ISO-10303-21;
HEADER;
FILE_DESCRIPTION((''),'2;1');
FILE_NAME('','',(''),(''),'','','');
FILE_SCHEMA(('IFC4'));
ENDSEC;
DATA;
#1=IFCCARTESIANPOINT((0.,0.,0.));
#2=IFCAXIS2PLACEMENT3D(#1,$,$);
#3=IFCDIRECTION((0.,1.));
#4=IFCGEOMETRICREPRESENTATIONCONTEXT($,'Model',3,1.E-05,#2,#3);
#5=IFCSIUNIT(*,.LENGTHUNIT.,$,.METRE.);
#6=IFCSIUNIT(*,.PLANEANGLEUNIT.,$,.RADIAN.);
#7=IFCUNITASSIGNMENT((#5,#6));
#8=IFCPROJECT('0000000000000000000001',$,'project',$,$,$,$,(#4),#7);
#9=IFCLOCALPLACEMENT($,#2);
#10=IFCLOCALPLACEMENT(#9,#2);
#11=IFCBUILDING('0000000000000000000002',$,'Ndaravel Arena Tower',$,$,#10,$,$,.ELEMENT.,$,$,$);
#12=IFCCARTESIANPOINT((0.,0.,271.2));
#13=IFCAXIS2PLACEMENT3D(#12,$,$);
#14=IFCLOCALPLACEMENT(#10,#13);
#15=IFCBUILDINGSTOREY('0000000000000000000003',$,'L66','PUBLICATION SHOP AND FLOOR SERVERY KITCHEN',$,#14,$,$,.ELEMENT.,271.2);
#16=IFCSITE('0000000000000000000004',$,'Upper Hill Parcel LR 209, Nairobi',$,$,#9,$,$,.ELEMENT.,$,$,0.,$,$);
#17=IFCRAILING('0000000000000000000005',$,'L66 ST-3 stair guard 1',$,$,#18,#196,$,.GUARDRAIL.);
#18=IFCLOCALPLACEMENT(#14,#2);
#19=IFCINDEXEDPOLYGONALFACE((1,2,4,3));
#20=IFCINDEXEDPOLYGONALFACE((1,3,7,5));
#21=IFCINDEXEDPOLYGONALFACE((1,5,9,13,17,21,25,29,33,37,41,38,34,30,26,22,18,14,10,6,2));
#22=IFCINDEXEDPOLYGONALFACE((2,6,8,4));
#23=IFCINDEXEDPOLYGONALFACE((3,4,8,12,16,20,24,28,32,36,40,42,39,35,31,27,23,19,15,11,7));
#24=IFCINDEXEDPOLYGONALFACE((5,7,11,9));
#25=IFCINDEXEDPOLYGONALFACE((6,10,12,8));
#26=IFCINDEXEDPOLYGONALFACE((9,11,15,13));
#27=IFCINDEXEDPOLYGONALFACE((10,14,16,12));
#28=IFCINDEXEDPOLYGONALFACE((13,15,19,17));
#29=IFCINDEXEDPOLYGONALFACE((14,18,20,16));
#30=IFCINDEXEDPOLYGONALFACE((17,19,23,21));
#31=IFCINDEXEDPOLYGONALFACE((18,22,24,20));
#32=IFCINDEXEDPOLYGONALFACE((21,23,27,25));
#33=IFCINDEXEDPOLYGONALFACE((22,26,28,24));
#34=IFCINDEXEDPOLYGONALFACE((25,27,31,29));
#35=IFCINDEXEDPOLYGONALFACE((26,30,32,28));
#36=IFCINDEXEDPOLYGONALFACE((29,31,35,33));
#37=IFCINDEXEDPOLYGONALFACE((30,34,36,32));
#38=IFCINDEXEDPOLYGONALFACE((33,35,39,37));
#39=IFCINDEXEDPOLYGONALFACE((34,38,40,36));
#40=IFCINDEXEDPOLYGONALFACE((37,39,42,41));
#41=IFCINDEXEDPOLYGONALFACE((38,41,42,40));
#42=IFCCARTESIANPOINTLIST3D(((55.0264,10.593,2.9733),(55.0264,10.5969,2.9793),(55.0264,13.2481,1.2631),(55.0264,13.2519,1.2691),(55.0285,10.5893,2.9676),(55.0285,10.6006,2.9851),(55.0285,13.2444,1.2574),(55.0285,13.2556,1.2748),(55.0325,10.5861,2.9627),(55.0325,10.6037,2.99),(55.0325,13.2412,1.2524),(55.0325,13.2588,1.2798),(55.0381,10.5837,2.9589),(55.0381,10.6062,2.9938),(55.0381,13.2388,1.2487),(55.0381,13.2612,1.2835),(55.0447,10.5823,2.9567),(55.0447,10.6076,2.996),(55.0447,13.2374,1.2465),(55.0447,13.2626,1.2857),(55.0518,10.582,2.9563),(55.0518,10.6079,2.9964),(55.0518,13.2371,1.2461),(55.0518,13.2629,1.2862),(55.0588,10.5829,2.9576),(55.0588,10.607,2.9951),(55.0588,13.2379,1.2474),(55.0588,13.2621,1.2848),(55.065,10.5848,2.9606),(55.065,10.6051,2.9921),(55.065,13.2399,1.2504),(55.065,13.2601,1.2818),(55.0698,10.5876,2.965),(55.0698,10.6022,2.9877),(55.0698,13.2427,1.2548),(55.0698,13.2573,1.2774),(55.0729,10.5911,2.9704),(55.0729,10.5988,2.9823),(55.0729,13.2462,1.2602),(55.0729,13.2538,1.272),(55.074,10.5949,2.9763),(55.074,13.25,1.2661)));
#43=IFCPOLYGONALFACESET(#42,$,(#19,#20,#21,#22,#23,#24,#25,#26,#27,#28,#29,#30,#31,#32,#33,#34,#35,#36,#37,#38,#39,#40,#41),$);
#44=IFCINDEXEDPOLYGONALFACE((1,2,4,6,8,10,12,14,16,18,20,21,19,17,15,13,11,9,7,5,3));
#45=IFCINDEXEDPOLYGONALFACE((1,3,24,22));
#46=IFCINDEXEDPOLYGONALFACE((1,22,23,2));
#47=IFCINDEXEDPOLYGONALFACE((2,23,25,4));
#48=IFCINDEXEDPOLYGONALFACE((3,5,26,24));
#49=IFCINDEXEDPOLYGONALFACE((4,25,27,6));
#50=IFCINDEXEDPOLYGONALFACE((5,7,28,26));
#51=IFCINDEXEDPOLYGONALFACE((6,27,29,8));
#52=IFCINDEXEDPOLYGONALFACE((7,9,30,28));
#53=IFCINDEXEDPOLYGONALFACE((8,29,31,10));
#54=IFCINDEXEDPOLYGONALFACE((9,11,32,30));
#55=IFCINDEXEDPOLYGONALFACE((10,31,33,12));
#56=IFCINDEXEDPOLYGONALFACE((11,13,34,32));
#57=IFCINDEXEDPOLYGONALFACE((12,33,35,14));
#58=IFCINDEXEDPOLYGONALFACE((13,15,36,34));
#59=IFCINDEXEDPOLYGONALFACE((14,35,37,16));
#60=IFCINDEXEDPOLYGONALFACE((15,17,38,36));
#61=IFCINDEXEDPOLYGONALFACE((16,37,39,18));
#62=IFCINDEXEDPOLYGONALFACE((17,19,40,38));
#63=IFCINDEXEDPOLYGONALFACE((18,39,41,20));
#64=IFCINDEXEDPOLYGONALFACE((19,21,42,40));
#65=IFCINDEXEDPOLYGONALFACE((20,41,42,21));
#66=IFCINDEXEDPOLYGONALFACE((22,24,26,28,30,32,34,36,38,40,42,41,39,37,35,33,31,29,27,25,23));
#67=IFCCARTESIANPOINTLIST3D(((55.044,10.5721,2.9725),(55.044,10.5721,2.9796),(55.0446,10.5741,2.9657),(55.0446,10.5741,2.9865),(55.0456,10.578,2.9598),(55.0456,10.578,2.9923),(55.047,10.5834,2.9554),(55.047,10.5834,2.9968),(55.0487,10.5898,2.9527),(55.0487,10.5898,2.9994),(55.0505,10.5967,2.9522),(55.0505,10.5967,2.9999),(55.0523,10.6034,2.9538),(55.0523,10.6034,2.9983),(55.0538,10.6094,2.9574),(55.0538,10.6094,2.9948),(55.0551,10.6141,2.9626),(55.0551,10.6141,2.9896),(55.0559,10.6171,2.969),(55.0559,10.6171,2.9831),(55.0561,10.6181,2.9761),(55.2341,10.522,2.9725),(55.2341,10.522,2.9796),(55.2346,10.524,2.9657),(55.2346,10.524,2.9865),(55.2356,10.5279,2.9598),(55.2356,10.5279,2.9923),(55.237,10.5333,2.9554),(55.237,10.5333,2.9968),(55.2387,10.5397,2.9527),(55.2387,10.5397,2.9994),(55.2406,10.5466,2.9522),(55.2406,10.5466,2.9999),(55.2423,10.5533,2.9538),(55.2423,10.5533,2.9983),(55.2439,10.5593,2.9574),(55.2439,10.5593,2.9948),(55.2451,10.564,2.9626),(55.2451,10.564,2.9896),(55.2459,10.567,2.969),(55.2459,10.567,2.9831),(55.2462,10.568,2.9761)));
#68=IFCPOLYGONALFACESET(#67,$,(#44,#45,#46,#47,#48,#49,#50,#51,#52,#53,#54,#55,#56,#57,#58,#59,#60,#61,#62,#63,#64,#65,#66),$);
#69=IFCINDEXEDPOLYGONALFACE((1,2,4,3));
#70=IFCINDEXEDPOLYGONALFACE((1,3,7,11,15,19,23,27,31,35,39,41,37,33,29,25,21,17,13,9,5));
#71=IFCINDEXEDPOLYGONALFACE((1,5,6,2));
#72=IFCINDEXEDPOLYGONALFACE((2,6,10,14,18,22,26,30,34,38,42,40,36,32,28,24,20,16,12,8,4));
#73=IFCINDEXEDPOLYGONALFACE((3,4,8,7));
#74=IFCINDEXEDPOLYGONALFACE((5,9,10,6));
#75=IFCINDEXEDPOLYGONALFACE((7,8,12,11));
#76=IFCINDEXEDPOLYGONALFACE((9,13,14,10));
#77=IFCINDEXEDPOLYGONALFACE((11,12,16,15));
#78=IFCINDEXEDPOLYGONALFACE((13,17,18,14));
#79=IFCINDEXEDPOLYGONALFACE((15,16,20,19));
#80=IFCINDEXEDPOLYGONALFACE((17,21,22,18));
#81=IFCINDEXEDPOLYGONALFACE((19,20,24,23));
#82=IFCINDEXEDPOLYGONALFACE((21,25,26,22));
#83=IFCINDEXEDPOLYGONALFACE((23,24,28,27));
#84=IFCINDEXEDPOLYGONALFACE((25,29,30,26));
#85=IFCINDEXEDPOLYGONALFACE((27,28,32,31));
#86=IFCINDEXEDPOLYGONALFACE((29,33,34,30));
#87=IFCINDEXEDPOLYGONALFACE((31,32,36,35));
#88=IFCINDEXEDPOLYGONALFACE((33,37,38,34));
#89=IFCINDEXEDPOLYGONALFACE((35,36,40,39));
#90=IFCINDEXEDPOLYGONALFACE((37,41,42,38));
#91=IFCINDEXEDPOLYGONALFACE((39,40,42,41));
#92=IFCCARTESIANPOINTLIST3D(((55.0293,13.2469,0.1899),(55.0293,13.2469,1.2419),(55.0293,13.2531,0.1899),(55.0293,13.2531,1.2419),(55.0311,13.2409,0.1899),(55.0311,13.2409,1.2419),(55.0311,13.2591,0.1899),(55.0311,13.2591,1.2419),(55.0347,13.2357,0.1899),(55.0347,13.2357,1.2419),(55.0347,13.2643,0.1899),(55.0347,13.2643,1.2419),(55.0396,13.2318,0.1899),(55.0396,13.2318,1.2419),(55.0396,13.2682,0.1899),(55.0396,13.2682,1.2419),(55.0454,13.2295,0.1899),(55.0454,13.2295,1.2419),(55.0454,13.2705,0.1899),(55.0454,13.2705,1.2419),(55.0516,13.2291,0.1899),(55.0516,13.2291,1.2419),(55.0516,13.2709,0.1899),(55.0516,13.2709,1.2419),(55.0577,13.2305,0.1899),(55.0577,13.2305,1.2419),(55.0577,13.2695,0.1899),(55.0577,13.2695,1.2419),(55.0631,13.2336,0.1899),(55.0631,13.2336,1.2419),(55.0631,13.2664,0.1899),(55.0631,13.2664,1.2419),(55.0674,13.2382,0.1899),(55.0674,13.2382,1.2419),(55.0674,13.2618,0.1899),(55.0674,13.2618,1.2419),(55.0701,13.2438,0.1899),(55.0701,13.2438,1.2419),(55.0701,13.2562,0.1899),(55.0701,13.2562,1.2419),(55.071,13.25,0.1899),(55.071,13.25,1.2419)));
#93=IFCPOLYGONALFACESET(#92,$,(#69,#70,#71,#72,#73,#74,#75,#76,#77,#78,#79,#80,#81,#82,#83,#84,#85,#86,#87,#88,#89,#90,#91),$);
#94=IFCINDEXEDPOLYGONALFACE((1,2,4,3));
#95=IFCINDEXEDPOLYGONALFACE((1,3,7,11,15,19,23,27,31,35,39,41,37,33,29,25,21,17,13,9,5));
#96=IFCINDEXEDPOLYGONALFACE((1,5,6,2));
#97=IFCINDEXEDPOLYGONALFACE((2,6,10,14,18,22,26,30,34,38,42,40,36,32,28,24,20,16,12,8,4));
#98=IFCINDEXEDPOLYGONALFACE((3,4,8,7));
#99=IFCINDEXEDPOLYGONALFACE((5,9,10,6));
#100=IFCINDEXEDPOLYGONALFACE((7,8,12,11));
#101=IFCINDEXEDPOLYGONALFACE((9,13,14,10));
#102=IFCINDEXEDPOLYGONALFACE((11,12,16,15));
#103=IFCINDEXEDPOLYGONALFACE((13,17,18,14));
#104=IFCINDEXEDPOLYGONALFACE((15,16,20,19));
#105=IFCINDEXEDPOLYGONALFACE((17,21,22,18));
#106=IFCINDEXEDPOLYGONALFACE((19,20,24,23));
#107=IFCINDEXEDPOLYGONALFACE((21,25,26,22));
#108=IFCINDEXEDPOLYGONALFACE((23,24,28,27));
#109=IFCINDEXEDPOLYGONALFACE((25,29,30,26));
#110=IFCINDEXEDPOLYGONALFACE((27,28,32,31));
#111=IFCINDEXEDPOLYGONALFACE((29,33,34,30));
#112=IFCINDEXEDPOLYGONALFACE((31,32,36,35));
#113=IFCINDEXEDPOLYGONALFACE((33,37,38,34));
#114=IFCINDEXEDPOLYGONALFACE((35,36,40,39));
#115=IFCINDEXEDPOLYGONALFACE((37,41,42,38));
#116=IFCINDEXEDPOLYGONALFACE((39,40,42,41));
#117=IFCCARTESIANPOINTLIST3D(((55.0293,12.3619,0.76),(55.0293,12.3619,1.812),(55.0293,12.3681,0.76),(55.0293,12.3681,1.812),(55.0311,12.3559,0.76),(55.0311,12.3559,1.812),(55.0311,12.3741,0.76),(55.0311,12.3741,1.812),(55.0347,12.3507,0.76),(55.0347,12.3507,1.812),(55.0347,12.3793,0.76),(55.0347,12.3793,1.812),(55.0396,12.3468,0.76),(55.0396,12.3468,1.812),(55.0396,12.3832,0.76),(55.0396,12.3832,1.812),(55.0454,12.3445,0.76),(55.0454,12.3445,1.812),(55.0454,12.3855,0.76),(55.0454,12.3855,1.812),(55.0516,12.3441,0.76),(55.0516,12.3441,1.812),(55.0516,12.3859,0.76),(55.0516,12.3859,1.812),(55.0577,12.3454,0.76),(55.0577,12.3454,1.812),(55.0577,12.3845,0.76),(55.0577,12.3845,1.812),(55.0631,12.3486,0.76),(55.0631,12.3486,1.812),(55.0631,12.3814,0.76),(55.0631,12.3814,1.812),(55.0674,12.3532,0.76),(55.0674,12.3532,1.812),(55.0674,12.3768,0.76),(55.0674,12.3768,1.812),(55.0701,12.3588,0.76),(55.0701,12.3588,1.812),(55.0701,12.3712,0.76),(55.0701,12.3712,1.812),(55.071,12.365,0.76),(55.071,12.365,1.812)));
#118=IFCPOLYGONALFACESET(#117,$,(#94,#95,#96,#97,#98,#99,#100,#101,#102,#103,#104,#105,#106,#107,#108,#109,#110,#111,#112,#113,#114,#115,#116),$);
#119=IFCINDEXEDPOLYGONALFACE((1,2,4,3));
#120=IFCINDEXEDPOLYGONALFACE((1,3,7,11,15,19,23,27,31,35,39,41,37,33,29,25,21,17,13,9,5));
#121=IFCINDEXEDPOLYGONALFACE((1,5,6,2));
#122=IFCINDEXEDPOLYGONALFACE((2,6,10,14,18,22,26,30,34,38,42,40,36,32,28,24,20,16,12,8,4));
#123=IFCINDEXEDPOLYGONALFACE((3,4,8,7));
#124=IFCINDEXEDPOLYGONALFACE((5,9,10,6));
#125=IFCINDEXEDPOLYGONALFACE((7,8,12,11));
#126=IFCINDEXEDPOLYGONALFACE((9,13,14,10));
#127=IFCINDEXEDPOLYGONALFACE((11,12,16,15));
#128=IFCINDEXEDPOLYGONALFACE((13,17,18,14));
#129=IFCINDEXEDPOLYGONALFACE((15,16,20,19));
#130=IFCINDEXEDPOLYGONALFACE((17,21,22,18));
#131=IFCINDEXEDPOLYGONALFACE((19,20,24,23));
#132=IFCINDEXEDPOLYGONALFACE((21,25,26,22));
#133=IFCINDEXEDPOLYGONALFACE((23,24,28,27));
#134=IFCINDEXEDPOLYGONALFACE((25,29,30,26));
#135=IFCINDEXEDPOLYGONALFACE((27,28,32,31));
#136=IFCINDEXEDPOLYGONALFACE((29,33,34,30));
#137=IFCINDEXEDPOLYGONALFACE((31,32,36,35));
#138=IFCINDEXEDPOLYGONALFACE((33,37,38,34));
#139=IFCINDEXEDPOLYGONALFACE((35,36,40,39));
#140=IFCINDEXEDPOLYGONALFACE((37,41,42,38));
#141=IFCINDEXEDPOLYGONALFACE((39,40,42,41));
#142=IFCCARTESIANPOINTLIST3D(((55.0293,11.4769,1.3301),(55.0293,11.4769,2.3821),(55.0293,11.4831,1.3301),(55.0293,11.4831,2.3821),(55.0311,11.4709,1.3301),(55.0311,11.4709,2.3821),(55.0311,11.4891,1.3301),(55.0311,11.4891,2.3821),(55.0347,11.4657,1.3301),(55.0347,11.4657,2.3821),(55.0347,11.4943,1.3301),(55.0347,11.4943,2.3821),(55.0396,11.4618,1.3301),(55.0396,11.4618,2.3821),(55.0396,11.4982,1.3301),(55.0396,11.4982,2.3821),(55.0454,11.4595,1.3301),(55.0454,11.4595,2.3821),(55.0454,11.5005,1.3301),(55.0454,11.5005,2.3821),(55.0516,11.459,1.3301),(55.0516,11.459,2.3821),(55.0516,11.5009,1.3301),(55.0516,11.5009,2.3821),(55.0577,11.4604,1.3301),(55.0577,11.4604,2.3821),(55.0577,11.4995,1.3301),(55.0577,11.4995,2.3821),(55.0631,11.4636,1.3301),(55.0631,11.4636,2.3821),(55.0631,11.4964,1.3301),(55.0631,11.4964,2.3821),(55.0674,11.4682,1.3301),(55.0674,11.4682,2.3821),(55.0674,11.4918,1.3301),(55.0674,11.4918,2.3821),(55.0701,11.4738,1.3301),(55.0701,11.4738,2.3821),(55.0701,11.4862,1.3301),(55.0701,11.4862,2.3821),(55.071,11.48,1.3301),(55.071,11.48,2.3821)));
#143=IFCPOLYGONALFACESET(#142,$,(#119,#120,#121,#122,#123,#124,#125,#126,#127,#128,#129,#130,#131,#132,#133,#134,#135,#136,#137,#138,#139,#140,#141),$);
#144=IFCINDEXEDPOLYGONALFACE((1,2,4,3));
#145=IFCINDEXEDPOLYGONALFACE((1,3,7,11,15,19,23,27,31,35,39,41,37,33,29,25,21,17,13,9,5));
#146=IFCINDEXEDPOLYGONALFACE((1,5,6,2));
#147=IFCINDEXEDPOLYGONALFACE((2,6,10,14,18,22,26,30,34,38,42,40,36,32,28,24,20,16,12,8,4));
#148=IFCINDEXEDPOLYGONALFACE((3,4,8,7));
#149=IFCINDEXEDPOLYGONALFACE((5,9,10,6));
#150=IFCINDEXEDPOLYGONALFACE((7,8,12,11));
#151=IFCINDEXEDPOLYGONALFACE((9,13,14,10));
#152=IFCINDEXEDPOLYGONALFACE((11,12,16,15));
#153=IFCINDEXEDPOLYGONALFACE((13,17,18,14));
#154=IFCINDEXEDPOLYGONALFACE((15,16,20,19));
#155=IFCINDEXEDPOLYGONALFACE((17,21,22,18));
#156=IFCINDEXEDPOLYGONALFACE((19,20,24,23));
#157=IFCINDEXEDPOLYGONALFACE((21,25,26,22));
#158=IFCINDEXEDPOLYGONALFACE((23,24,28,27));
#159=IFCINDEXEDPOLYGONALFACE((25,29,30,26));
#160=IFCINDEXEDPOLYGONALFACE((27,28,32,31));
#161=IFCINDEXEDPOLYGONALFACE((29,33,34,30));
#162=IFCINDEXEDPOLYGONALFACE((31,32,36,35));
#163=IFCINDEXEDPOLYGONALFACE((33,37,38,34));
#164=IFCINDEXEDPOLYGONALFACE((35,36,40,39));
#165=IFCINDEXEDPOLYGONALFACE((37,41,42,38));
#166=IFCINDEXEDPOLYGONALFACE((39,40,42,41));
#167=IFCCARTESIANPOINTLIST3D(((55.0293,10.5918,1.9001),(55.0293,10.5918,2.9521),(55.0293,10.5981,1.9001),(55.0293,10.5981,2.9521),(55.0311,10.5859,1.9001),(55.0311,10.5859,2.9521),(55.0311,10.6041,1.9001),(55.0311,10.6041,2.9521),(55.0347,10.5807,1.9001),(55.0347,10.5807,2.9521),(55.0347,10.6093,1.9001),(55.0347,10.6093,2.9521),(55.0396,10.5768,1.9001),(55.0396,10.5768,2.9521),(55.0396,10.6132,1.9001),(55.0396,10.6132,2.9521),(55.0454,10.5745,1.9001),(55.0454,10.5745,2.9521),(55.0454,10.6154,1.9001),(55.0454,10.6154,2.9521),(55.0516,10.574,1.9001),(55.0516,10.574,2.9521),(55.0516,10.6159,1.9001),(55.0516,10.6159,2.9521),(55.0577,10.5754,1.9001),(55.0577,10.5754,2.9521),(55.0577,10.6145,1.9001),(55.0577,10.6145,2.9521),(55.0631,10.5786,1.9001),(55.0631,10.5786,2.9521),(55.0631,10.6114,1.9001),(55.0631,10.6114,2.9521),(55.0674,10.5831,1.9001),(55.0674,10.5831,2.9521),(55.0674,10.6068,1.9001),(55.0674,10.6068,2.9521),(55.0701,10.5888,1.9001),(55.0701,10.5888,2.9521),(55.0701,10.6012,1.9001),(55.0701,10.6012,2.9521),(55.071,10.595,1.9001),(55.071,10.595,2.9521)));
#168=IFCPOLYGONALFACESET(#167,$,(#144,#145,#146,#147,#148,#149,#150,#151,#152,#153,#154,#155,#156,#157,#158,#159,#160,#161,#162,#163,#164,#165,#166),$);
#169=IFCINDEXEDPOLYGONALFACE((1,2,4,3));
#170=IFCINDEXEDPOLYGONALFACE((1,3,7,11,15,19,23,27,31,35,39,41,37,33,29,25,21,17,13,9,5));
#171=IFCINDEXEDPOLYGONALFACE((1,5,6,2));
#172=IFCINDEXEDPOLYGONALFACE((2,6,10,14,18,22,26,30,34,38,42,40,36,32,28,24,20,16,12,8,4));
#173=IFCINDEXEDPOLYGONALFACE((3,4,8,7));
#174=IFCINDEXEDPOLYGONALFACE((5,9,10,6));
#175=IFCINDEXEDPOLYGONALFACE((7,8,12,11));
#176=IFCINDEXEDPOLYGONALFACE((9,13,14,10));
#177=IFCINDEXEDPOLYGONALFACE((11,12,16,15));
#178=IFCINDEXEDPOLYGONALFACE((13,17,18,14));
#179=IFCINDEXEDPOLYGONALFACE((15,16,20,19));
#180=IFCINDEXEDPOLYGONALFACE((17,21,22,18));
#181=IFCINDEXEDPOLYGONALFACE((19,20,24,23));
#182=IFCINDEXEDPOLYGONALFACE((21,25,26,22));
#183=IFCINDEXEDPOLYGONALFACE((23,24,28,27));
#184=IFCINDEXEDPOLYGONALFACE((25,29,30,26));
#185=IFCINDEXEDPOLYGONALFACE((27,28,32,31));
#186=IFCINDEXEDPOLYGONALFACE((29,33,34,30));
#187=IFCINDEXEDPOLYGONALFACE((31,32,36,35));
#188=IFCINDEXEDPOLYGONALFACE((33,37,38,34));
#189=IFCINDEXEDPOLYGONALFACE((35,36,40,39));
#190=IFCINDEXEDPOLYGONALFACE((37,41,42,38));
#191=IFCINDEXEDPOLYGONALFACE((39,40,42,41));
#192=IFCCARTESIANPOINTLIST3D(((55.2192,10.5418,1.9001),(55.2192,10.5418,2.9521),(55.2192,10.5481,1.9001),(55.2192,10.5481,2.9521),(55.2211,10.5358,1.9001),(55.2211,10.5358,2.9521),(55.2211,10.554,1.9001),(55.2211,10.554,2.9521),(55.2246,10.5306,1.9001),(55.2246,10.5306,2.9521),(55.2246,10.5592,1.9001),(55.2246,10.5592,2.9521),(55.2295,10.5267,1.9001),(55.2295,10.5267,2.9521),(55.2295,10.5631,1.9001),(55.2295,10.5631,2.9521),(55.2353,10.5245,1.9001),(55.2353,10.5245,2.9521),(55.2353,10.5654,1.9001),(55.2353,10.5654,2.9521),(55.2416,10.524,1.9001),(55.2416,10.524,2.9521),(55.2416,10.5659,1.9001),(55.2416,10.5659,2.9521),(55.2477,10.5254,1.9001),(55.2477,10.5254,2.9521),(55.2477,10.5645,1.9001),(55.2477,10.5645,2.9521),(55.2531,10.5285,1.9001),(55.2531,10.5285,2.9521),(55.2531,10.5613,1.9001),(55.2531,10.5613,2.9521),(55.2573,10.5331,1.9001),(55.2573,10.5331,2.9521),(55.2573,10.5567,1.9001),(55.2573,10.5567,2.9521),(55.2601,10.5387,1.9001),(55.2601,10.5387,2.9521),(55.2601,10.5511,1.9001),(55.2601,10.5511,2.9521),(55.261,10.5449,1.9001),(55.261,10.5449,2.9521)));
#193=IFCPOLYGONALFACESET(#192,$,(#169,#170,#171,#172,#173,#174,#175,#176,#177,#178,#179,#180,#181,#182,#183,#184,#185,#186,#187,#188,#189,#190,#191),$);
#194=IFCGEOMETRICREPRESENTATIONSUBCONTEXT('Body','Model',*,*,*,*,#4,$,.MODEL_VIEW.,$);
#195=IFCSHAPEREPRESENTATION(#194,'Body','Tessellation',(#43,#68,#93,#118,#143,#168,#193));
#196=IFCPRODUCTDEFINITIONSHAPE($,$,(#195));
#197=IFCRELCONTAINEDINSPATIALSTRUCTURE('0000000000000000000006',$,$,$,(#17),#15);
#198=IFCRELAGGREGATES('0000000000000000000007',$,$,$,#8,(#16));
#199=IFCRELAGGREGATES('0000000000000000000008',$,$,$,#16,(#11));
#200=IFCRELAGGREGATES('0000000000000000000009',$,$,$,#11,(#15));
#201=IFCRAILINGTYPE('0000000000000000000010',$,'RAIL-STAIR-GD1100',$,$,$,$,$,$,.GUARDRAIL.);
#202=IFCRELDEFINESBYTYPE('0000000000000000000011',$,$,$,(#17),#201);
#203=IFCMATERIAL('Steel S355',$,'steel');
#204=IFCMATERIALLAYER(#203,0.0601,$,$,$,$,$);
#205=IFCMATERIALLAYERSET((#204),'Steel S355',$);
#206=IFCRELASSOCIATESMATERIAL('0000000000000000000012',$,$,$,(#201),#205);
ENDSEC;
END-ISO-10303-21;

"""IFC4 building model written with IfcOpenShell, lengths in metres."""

from ifc_helpers import new_model, si_unit, direction, frame, origin, origin_2d, place, context, subcontext, project, spatial, circle, extrude, material, layer, layer_set, type_object, element, save


model = new_model("IFC4")

# Units and contexts
model_context = context("Model", 3, precision=1e-05, world=origin(), true_north=direction((0.0, 1.0)))
body_context = subcontext(model_context, "Body", "Model", "MODEL_VIEW")
ifc_project = project(units=[si_unit("LENGTHUNIT", "METRE"), si_unit("PLANEANGLEUNIT", "RADIAN")], contexts=[model_context])

# Site, building, storey
site_placement = place(None, origin())
site = spatial("IfcSite", under=ifc_project, at=site_placement, Name="Upper Hill Parcel LR 209, Nairobi", CompositionType="ELEMENT", RefElevation=0.0)
building_placement = place(site_placement, origin())
building = spatial("IfcBuilding", under=site, at=building_placement, Name="Ndaravel Arena Tower", CompositionType="ELEMENT")
storey_placement = place(building_placement, frame((0.0, 0.0, 271.2)))
storey = spatial("IfcBuildingStorey", under=building, at=storey_placement, Name="L66", Description="PUBLICATION SHOP AND FLOOR SERVERY KITCHEN", CompositionType="ELEMENT", Elevation=271.2)

# Railing
ifc_material_1 = material(Name="Steel S355", Category="steel")
ifc_layer_1 = layer(ifc_material_1, 0.0601)
ifc_layer_set_1 = layer_set([ifc_layer_1], Name="Steel S355")
railing_type_1 = type_object("IfcRailingType", Name="RAIL-STAIR-GD1100", PredefinedType="GUARDRAIL", material=ifc_layer_set_1)
railing_1_placement = place(storey_placement, frame((55.05, 13.25, 0.1899)))
element("IfcRailing", 1, at=railing_1_placement, inside=storey, type_object=railing_type_1, Name="L66 ST-3 stair guard 1", PredefinedType="GUARDRAIL", context=body_context, shape_type="SweptSolid", body=[
    extrude(circle(Radius=0.0239, at=origin_2d()), frame((0.0, 0.0, 1.0762), z_axis=(0.0, -0.840688, 0.541519), x_axis=(1.0, 0.0, 0.0)), (0.0, 0.0, 1.0), 3.1582),
    extrude(circle(Radius=0.0239, at=origin_2d()), frame((0.0, -2.655, 2.7861), z_axis=(0.966994, -0.254799, 0.0), x_axis=(0.254799, 0.966994, 0.0)), (0.0, 0.0, 1.0), 0.1965),
    extrude(circle(Radius=0.021, at=origin_2d()), origin(), (0.0, 0.0, 1.0), 1.052),
    extrude(circle(Radius=0.021, at=origin_2d()), frame((0.0, -0.885, 0.5701)), (0.0, 0.0, 1.0), 1.052),
    extrude(circle(Radius=0.021, at=origin_2d()), frame((0.0, -1.77, 1.1401)), (0.0, 0.0, 1.0), 1.052),
    extrude(circle(Radius=0.021, at=origin_2d()), frame((0.0, -2.655, 1.7102)), (0.0, 0.0, 1.0), 1.052),
    extrude(circle(Radius=0.021, at=origin_2d()), frame((0.1899, -2.7051, 1.7102)), (0.0, 0.0, 1.0), 1.052),
])

save(model, "model.ifc")
